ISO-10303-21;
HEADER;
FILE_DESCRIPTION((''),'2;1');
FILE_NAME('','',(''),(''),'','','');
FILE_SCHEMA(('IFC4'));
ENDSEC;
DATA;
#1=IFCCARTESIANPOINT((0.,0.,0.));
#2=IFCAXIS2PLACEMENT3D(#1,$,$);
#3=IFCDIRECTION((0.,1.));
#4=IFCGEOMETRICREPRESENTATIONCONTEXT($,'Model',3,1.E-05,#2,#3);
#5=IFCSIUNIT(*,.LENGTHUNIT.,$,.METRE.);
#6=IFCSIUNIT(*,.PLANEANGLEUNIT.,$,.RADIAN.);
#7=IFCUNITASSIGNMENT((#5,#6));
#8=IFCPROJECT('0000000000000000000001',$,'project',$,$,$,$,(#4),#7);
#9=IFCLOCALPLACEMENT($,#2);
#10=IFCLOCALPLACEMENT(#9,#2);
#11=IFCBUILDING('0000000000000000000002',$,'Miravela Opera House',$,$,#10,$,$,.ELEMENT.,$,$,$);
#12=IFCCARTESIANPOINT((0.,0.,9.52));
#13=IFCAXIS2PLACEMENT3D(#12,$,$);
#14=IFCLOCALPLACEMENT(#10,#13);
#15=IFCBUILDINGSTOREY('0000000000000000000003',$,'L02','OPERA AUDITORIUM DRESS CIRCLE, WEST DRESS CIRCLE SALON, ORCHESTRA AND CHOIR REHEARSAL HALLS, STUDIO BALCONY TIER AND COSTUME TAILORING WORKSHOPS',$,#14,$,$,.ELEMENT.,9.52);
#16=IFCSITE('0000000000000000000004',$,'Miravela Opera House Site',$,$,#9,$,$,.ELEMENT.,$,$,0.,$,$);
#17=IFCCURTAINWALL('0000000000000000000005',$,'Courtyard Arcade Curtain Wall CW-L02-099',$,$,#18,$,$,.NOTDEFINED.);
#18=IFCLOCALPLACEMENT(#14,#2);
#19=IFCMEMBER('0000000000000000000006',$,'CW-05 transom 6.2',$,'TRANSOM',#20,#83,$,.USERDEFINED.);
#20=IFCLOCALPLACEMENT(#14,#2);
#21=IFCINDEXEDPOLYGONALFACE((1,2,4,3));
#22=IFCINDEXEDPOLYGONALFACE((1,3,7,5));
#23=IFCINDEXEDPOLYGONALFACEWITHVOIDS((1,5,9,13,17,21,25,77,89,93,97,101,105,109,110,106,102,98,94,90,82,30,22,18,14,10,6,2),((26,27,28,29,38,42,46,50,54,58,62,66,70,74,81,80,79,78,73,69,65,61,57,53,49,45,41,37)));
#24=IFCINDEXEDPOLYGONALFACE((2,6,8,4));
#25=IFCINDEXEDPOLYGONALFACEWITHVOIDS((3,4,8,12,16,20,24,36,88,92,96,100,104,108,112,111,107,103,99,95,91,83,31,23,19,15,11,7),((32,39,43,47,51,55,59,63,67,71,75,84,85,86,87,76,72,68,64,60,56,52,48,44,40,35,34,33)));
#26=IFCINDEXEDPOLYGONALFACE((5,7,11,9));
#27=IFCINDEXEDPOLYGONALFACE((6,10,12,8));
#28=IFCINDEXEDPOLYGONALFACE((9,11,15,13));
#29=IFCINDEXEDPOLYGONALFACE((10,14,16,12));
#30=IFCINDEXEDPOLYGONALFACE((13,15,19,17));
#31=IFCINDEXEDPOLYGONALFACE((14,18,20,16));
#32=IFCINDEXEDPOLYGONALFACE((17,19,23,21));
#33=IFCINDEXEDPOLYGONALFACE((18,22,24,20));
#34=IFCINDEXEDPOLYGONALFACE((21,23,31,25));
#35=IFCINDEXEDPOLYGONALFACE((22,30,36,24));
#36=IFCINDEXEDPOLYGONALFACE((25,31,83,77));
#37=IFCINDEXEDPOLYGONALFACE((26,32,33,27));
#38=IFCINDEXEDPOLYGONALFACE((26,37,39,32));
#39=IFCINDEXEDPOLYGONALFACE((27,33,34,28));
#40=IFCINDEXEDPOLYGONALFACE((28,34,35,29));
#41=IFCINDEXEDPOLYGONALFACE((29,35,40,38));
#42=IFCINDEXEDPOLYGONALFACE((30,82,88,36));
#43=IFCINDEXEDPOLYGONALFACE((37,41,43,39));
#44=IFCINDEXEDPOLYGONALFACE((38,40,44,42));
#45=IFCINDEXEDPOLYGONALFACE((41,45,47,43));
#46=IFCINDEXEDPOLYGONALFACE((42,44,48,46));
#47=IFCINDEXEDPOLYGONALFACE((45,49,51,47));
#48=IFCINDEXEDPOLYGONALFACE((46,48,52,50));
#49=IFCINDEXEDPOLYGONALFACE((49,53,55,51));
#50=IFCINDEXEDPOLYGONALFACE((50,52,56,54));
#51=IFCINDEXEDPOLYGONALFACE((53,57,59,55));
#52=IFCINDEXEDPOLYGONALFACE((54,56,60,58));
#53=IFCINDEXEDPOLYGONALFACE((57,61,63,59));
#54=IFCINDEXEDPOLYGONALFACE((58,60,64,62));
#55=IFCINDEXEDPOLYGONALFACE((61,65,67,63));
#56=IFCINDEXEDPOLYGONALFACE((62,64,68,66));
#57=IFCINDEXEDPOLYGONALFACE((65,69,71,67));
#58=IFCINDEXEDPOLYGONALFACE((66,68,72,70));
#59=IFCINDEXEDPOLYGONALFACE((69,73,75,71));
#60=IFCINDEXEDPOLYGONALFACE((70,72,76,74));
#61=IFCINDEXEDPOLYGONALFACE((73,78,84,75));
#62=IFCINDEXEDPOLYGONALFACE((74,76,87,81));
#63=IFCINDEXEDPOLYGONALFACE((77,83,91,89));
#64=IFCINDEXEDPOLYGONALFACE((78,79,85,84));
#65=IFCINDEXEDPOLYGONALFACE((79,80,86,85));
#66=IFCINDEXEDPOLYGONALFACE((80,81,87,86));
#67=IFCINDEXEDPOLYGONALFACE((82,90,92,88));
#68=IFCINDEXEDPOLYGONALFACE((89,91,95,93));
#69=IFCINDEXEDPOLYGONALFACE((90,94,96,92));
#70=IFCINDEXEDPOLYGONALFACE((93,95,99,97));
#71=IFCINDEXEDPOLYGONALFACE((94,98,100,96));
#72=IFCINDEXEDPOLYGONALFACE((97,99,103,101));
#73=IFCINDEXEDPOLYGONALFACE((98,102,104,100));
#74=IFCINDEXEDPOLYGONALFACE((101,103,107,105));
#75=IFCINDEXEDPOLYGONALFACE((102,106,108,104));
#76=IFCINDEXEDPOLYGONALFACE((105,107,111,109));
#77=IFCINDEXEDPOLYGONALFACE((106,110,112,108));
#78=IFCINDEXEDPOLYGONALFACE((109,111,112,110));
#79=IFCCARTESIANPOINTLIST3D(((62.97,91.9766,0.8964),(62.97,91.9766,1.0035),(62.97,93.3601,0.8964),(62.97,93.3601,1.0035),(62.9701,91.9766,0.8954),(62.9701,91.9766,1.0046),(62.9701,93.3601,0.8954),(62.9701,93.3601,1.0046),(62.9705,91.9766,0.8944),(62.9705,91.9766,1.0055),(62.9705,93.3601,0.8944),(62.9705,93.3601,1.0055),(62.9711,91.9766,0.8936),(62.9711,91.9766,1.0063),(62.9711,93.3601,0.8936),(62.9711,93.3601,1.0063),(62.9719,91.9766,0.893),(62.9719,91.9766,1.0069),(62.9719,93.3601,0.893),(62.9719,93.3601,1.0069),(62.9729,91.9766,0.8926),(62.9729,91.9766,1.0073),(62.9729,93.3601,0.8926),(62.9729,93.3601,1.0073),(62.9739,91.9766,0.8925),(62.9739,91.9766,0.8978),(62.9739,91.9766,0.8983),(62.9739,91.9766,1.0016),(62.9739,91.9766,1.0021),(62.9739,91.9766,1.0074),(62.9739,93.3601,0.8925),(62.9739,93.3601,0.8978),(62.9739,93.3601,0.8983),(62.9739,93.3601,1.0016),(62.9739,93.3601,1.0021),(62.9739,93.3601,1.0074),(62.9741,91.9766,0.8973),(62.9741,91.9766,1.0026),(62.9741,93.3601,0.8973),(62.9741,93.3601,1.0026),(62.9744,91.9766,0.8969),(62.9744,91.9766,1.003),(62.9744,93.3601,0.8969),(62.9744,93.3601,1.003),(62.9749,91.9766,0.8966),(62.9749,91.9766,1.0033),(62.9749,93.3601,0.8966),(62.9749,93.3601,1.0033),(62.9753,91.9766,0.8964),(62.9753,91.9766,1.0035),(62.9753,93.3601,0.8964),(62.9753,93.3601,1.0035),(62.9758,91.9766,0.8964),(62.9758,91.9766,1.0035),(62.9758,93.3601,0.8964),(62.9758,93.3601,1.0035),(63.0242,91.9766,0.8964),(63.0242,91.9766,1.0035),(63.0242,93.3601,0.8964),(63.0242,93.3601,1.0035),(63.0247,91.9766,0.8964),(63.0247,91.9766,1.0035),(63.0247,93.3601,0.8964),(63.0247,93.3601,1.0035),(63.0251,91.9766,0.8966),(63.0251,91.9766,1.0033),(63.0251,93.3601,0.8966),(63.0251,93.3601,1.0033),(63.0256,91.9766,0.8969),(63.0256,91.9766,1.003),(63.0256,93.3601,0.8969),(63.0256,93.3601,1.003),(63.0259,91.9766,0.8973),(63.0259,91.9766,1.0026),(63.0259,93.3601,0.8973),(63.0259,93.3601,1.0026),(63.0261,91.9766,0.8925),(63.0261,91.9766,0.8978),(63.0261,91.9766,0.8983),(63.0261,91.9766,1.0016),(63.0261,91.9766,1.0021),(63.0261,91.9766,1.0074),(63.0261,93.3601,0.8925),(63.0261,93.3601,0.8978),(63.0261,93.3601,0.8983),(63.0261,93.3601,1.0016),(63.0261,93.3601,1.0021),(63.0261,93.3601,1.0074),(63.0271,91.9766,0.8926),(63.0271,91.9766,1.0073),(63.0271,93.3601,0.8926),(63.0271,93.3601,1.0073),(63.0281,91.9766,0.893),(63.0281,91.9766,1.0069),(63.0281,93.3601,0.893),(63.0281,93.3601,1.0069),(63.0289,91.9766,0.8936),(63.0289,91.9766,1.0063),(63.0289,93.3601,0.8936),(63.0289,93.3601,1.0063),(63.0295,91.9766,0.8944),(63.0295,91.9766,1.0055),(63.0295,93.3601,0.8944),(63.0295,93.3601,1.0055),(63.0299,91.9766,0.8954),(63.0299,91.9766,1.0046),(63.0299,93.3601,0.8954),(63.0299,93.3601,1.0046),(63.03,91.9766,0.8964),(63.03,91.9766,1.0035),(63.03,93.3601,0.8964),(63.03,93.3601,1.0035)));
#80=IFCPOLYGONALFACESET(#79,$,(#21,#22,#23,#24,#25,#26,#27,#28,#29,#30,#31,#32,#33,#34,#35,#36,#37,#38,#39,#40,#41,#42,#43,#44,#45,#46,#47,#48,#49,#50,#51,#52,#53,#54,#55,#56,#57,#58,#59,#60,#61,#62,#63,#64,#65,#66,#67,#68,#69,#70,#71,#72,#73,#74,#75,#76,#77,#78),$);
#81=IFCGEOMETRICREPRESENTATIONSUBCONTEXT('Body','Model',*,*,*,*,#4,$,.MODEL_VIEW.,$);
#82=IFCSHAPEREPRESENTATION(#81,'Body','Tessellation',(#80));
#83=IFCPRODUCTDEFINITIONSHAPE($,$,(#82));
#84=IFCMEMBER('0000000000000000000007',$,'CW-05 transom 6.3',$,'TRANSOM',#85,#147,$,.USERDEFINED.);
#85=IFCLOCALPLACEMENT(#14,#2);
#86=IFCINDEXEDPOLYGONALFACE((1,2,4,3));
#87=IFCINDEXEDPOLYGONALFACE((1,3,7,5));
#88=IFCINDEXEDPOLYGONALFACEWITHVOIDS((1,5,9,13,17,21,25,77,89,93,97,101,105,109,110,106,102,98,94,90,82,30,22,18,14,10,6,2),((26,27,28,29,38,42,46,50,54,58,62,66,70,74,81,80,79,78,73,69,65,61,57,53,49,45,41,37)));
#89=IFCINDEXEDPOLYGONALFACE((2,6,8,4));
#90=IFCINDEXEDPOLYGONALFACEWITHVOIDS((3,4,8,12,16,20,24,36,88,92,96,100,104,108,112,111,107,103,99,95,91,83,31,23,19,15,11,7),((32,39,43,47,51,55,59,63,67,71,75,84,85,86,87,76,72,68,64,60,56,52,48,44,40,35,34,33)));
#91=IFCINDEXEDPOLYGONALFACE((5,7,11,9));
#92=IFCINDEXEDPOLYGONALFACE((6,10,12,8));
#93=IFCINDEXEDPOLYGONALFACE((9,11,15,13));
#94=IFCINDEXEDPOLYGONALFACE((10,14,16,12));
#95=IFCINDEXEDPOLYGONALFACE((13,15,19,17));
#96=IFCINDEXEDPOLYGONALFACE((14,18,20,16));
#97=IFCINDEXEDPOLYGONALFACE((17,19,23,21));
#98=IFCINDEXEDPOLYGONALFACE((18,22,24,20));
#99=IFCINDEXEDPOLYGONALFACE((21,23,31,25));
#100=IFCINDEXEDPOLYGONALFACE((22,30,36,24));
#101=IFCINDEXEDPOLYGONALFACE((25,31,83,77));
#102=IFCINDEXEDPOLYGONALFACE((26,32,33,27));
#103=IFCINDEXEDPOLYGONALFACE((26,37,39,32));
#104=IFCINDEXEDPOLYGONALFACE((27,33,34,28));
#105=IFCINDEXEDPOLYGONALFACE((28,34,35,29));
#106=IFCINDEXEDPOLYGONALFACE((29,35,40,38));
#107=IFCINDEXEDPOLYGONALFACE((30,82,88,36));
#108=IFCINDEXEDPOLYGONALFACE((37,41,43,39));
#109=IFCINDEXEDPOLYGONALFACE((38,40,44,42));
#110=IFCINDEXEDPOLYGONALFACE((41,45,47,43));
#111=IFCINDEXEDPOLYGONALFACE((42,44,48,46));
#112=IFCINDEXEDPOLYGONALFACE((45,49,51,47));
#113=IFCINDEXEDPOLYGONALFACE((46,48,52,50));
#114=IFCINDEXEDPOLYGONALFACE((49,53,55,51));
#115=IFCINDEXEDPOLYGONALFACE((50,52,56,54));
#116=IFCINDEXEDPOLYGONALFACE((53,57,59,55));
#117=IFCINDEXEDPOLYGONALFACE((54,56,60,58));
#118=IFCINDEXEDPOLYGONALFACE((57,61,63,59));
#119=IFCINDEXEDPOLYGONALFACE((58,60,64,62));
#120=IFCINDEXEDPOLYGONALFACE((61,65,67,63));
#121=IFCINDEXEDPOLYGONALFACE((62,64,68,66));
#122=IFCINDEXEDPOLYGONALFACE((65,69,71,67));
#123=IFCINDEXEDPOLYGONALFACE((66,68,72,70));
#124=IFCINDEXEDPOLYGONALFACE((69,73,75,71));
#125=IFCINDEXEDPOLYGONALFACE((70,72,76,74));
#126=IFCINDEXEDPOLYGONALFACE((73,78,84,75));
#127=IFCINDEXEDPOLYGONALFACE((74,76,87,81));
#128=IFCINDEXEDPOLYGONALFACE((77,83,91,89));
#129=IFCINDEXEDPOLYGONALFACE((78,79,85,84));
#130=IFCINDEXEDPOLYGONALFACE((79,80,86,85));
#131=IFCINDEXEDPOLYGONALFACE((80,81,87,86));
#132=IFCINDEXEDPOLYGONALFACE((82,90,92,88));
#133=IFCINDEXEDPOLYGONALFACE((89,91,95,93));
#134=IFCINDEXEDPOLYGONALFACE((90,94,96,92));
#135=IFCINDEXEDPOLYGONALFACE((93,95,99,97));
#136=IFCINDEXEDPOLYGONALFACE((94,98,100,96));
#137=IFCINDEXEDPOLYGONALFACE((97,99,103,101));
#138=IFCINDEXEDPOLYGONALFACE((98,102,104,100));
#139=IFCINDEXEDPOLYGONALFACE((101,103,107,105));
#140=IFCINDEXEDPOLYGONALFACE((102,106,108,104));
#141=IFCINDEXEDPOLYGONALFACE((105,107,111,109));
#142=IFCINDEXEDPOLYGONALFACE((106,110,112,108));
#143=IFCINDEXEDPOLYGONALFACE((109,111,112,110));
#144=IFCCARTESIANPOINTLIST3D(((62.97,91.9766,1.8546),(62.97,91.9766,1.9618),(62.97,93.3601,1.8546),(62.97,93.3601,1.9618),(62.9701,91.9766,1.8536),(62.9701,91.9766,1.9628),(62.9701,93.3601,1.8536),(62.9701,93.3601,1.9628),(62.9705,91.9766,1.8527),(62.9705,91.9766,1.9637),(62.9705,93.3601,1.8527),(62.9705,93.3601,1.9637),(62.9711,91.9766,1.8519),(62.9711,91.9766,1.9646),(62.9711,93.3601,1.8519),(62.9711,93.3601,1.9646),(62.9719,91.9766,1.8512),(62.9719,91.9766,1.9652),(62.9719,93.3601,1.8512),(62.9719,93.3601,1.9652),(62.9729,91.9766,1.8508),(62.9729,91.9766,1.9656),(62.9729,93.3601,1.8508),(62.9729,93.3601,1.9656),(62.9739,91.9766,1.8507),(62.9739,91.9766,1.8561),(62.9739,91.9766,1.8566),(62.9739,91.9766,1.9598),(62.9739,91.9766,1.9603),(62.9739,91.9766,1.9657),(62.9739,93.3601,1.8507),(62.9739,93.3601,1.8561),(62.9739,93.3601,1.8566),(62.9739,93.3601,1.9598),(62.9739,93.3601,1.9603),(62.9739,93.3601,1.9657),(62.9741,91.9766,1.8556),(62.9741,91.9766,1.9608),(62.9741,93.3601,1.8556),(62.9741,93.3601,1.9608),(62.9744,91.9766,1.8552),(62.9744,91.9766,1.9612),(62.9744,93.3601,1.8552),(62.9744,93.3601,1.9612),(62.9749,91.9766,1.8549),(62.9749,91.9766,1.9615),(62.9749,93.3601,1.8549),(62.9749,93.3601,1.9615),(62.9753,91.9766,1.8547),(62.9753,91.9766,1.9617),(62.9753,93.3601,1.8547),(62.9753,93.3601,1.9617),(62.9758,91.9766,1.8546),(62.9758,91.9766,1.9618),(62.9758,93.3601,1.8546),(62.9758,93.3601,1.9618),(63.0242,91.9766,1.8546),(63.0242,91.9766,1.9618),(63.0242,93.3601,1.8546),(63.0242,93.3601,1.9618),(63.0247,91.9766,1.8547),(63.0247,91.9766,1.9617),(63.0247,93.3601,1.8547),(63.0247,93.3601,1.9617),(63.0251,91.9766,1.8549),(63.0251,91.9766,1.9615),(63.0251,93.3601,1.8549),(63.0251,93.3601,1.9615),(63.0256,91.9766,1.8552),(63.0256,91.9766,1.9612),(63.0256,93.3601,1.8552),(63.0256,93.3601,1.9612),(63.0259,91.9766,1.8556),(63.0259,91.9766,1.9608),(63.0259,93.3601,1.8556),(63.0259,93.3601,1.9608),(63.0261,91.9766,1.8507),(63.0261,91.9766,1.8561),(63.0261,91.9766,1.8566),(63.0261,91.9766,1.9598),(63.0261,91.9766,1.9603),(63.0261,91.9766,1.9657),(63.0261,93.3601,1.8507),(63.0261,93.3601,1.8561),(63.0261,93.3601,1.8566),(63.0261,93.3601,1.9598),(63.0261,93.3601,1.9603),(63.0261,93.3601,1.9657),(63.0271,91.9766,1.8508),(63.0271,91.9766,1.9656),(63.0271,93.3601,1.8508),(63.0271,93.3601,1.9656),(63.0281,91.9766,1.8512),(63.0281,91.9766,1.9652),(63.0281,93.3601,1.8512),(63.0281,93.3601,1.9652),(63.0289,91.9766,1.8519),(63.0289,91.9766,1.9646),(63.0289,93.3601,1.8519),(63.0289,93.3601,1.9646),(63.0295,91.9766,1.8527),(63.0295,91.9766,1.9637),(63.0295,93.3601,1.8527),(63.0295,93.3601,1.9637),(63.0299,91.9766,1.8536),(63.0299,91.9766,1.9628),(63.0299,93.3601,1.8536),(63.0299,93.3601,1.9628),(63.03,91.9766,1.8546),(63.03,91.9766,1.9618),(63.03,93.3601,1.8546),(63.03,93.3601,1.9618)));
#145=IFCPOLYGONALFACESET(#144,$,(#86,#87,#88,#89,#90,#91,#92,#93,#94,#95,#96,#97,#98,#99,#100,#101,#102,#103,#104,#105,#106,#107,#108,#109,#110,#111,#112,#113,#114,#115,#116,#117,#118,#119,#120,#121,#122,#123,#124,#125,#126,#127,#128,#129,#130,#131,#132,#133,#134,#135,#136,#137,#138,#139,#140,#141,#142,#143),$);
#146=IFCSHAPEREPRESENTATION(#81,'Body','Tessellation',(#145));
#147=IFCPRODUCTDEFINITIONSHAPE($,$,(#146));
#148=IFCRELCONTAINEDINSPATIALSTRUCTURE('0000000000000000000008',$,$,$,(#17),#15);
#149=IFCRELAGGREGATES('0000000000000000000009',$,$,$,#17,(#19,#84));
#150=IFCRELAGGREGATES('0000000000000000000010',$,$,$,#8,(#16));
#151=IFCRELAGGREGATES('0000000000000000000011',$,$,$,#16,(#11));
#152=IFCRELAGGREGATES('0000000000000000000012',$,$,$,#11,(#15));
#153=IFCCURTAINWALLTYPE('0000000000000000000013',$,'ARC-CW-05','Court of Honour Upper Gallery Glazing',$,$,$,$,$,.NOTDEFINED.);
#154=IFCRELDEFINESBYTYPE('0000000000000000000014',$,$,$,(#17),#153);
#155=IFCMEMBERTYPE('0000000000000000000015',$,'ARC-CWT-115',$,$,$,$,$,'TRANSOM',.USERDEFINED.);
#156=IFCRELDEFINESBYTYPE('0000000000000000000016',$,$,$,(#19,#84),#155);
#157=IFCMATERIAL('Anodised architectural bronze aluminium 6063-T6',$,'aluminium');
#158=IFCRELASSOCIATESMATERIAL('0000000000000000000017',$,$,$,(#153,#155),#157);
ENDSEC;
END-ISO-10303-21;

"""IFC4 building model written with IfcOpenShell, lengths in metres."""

from ifc_helpers import new_model, si_unit, direction, frame, origin, origin_2d, place, context, subcontext, project, spatial, hollow_rectangle, extrude, material, material_profile, profile_set, type_object, element, aggregate, save


model = new_model("IFC4")

# Units and contexts
model_context = context("Model", 3, precision=1e-05, world=origin(), true_north=direction((0.0, 1.0)))
body_context = subcontext(model_context, "Body", "Model", "MODEL_VIEW")
ifc_project = project(units=[si_unit("LENGTHUNIT", "METRE"), si_unit("PLANEANGLEUNIT", "RADIAN")], contexts=[model_context])

# Site, building, storey
site_placement = place(None, origin())
site = spatial("IfcSite", under=ifc_project, at=site_placement, Name="Miravela Opera House Site", CompositionType="ELEMENT", RefElevation=0.0)
building_placement = place(site_placement, origin())
building = spatial("IfcBuilding", under=site, at=building_placement, Name="Miravela Opera House", CompositionType="ELEMENT")
storey_placement = place(building_placement, frame((0.0, 0.0, 9.52)))
storey = spatial("IfcBuildingStorey", under=building, at=storey_placement, Name="L02", Description="OPERA AUDITORIUM DRESS CIRCLE, WEST DRESS CIRCLE SALON, ORCHESTRA AND CHOIR REHEARSAL HALLS, STUDIO BALCONY TIER AND COSTUME TAILORING WORKSHOPS", CompositionType="ELEMENT", Elevation=9.52)

# Curtain wall, members
ifc_material_1 = material(Name="Anodised architectural bronze aluminium 6063-T6", Category="aluminium")
curtain_wall_type = type_object("IfcCurtainWallType", Name="ARC-CW-05", Description="Court of Honour Upper Gallery Glazing", PredefinedType="NOTDEFINED", material=ifc_material_1)
curtain_wall_placement = place(storey_placement, origin())
curtain_wall = element("IfcCurtainWall", 1, at=curtain_wall_placement, inside=storey, type_object=curtain_wall_type, Name="Courtyard Arcade Curtain Wall CW-L02-099", PredefinedType="NOTDEFINED")
ifc_material_profile_1 = material_profile(ifc_material_1, hollow_rectangle(XDim=0.0601, YDim=0.115, WallThickness=0.0039, InnerFilletRadius=0.002, OuterFilletRadius=0.0039, at=origin_2d()), Name="CWT-60X115")
ifc_profile_set_1 = profile_set([ifc_material_profile_1])
member_type_1 = type_object("IfcMemberType", Name="ARC-CWT-115", ElementType="TRANSOM", PredefinedType="USERDEFINED", material=ifc_profile_set_1)
member_1_placement = place(storey_placement, frame((63.0, 91.9766, 0.95), z_axis=(0.0, 1.0, 0.0), x_axis=(-1.0, 0.0, 0.0)))
member_1 = element("IfcMember", 2, at=member_1_placement, type_object=member_type_1, Name="CW-05 transom 6.2", ObjectType="TRANSOM", PredefinedType="USERDEFINED", context=body_context, shape_type="SweptSolid", body=[
    extrude(hollow_rectangle(XDim=0.0601, YDim=0.115, WallThickness=0.0039, InnerFilletRadius=0.002, OuterFilletRadius=0.0039, at=origin_2d()), origin(), (0.0, 0.0, 1.0), 1.3835),
])
member_2_placement = place(storey_placement, frame((63.0, 91.9766, 1.9082), z_axis=(0.0, 1.0, 0.0), x_axis=(-1.0, 0.0, 0.0)))
member_2 = element("IfcMember", 3, at=member_2_placement, type_object=member_type_1, Name="CW-05 transom 6.3", ObjectType="TRANSOM", PredefinedType="USERDEFINED", context=body_context, shape_type="SweptSolid", body=[
    extrude(hollow_rectangle(XDim=0.0601, YDim=0.115, WallThickness=0.0039, InnerFilletRadius=0.002, OuterFilletRadius=0.0039, at=origin_2d()), origin(), (0.0, 0.0, 1.0), 1.3835),
])

aggregate(curtain_wall, [member_1, member_2])

save(model, "model.ifc")
